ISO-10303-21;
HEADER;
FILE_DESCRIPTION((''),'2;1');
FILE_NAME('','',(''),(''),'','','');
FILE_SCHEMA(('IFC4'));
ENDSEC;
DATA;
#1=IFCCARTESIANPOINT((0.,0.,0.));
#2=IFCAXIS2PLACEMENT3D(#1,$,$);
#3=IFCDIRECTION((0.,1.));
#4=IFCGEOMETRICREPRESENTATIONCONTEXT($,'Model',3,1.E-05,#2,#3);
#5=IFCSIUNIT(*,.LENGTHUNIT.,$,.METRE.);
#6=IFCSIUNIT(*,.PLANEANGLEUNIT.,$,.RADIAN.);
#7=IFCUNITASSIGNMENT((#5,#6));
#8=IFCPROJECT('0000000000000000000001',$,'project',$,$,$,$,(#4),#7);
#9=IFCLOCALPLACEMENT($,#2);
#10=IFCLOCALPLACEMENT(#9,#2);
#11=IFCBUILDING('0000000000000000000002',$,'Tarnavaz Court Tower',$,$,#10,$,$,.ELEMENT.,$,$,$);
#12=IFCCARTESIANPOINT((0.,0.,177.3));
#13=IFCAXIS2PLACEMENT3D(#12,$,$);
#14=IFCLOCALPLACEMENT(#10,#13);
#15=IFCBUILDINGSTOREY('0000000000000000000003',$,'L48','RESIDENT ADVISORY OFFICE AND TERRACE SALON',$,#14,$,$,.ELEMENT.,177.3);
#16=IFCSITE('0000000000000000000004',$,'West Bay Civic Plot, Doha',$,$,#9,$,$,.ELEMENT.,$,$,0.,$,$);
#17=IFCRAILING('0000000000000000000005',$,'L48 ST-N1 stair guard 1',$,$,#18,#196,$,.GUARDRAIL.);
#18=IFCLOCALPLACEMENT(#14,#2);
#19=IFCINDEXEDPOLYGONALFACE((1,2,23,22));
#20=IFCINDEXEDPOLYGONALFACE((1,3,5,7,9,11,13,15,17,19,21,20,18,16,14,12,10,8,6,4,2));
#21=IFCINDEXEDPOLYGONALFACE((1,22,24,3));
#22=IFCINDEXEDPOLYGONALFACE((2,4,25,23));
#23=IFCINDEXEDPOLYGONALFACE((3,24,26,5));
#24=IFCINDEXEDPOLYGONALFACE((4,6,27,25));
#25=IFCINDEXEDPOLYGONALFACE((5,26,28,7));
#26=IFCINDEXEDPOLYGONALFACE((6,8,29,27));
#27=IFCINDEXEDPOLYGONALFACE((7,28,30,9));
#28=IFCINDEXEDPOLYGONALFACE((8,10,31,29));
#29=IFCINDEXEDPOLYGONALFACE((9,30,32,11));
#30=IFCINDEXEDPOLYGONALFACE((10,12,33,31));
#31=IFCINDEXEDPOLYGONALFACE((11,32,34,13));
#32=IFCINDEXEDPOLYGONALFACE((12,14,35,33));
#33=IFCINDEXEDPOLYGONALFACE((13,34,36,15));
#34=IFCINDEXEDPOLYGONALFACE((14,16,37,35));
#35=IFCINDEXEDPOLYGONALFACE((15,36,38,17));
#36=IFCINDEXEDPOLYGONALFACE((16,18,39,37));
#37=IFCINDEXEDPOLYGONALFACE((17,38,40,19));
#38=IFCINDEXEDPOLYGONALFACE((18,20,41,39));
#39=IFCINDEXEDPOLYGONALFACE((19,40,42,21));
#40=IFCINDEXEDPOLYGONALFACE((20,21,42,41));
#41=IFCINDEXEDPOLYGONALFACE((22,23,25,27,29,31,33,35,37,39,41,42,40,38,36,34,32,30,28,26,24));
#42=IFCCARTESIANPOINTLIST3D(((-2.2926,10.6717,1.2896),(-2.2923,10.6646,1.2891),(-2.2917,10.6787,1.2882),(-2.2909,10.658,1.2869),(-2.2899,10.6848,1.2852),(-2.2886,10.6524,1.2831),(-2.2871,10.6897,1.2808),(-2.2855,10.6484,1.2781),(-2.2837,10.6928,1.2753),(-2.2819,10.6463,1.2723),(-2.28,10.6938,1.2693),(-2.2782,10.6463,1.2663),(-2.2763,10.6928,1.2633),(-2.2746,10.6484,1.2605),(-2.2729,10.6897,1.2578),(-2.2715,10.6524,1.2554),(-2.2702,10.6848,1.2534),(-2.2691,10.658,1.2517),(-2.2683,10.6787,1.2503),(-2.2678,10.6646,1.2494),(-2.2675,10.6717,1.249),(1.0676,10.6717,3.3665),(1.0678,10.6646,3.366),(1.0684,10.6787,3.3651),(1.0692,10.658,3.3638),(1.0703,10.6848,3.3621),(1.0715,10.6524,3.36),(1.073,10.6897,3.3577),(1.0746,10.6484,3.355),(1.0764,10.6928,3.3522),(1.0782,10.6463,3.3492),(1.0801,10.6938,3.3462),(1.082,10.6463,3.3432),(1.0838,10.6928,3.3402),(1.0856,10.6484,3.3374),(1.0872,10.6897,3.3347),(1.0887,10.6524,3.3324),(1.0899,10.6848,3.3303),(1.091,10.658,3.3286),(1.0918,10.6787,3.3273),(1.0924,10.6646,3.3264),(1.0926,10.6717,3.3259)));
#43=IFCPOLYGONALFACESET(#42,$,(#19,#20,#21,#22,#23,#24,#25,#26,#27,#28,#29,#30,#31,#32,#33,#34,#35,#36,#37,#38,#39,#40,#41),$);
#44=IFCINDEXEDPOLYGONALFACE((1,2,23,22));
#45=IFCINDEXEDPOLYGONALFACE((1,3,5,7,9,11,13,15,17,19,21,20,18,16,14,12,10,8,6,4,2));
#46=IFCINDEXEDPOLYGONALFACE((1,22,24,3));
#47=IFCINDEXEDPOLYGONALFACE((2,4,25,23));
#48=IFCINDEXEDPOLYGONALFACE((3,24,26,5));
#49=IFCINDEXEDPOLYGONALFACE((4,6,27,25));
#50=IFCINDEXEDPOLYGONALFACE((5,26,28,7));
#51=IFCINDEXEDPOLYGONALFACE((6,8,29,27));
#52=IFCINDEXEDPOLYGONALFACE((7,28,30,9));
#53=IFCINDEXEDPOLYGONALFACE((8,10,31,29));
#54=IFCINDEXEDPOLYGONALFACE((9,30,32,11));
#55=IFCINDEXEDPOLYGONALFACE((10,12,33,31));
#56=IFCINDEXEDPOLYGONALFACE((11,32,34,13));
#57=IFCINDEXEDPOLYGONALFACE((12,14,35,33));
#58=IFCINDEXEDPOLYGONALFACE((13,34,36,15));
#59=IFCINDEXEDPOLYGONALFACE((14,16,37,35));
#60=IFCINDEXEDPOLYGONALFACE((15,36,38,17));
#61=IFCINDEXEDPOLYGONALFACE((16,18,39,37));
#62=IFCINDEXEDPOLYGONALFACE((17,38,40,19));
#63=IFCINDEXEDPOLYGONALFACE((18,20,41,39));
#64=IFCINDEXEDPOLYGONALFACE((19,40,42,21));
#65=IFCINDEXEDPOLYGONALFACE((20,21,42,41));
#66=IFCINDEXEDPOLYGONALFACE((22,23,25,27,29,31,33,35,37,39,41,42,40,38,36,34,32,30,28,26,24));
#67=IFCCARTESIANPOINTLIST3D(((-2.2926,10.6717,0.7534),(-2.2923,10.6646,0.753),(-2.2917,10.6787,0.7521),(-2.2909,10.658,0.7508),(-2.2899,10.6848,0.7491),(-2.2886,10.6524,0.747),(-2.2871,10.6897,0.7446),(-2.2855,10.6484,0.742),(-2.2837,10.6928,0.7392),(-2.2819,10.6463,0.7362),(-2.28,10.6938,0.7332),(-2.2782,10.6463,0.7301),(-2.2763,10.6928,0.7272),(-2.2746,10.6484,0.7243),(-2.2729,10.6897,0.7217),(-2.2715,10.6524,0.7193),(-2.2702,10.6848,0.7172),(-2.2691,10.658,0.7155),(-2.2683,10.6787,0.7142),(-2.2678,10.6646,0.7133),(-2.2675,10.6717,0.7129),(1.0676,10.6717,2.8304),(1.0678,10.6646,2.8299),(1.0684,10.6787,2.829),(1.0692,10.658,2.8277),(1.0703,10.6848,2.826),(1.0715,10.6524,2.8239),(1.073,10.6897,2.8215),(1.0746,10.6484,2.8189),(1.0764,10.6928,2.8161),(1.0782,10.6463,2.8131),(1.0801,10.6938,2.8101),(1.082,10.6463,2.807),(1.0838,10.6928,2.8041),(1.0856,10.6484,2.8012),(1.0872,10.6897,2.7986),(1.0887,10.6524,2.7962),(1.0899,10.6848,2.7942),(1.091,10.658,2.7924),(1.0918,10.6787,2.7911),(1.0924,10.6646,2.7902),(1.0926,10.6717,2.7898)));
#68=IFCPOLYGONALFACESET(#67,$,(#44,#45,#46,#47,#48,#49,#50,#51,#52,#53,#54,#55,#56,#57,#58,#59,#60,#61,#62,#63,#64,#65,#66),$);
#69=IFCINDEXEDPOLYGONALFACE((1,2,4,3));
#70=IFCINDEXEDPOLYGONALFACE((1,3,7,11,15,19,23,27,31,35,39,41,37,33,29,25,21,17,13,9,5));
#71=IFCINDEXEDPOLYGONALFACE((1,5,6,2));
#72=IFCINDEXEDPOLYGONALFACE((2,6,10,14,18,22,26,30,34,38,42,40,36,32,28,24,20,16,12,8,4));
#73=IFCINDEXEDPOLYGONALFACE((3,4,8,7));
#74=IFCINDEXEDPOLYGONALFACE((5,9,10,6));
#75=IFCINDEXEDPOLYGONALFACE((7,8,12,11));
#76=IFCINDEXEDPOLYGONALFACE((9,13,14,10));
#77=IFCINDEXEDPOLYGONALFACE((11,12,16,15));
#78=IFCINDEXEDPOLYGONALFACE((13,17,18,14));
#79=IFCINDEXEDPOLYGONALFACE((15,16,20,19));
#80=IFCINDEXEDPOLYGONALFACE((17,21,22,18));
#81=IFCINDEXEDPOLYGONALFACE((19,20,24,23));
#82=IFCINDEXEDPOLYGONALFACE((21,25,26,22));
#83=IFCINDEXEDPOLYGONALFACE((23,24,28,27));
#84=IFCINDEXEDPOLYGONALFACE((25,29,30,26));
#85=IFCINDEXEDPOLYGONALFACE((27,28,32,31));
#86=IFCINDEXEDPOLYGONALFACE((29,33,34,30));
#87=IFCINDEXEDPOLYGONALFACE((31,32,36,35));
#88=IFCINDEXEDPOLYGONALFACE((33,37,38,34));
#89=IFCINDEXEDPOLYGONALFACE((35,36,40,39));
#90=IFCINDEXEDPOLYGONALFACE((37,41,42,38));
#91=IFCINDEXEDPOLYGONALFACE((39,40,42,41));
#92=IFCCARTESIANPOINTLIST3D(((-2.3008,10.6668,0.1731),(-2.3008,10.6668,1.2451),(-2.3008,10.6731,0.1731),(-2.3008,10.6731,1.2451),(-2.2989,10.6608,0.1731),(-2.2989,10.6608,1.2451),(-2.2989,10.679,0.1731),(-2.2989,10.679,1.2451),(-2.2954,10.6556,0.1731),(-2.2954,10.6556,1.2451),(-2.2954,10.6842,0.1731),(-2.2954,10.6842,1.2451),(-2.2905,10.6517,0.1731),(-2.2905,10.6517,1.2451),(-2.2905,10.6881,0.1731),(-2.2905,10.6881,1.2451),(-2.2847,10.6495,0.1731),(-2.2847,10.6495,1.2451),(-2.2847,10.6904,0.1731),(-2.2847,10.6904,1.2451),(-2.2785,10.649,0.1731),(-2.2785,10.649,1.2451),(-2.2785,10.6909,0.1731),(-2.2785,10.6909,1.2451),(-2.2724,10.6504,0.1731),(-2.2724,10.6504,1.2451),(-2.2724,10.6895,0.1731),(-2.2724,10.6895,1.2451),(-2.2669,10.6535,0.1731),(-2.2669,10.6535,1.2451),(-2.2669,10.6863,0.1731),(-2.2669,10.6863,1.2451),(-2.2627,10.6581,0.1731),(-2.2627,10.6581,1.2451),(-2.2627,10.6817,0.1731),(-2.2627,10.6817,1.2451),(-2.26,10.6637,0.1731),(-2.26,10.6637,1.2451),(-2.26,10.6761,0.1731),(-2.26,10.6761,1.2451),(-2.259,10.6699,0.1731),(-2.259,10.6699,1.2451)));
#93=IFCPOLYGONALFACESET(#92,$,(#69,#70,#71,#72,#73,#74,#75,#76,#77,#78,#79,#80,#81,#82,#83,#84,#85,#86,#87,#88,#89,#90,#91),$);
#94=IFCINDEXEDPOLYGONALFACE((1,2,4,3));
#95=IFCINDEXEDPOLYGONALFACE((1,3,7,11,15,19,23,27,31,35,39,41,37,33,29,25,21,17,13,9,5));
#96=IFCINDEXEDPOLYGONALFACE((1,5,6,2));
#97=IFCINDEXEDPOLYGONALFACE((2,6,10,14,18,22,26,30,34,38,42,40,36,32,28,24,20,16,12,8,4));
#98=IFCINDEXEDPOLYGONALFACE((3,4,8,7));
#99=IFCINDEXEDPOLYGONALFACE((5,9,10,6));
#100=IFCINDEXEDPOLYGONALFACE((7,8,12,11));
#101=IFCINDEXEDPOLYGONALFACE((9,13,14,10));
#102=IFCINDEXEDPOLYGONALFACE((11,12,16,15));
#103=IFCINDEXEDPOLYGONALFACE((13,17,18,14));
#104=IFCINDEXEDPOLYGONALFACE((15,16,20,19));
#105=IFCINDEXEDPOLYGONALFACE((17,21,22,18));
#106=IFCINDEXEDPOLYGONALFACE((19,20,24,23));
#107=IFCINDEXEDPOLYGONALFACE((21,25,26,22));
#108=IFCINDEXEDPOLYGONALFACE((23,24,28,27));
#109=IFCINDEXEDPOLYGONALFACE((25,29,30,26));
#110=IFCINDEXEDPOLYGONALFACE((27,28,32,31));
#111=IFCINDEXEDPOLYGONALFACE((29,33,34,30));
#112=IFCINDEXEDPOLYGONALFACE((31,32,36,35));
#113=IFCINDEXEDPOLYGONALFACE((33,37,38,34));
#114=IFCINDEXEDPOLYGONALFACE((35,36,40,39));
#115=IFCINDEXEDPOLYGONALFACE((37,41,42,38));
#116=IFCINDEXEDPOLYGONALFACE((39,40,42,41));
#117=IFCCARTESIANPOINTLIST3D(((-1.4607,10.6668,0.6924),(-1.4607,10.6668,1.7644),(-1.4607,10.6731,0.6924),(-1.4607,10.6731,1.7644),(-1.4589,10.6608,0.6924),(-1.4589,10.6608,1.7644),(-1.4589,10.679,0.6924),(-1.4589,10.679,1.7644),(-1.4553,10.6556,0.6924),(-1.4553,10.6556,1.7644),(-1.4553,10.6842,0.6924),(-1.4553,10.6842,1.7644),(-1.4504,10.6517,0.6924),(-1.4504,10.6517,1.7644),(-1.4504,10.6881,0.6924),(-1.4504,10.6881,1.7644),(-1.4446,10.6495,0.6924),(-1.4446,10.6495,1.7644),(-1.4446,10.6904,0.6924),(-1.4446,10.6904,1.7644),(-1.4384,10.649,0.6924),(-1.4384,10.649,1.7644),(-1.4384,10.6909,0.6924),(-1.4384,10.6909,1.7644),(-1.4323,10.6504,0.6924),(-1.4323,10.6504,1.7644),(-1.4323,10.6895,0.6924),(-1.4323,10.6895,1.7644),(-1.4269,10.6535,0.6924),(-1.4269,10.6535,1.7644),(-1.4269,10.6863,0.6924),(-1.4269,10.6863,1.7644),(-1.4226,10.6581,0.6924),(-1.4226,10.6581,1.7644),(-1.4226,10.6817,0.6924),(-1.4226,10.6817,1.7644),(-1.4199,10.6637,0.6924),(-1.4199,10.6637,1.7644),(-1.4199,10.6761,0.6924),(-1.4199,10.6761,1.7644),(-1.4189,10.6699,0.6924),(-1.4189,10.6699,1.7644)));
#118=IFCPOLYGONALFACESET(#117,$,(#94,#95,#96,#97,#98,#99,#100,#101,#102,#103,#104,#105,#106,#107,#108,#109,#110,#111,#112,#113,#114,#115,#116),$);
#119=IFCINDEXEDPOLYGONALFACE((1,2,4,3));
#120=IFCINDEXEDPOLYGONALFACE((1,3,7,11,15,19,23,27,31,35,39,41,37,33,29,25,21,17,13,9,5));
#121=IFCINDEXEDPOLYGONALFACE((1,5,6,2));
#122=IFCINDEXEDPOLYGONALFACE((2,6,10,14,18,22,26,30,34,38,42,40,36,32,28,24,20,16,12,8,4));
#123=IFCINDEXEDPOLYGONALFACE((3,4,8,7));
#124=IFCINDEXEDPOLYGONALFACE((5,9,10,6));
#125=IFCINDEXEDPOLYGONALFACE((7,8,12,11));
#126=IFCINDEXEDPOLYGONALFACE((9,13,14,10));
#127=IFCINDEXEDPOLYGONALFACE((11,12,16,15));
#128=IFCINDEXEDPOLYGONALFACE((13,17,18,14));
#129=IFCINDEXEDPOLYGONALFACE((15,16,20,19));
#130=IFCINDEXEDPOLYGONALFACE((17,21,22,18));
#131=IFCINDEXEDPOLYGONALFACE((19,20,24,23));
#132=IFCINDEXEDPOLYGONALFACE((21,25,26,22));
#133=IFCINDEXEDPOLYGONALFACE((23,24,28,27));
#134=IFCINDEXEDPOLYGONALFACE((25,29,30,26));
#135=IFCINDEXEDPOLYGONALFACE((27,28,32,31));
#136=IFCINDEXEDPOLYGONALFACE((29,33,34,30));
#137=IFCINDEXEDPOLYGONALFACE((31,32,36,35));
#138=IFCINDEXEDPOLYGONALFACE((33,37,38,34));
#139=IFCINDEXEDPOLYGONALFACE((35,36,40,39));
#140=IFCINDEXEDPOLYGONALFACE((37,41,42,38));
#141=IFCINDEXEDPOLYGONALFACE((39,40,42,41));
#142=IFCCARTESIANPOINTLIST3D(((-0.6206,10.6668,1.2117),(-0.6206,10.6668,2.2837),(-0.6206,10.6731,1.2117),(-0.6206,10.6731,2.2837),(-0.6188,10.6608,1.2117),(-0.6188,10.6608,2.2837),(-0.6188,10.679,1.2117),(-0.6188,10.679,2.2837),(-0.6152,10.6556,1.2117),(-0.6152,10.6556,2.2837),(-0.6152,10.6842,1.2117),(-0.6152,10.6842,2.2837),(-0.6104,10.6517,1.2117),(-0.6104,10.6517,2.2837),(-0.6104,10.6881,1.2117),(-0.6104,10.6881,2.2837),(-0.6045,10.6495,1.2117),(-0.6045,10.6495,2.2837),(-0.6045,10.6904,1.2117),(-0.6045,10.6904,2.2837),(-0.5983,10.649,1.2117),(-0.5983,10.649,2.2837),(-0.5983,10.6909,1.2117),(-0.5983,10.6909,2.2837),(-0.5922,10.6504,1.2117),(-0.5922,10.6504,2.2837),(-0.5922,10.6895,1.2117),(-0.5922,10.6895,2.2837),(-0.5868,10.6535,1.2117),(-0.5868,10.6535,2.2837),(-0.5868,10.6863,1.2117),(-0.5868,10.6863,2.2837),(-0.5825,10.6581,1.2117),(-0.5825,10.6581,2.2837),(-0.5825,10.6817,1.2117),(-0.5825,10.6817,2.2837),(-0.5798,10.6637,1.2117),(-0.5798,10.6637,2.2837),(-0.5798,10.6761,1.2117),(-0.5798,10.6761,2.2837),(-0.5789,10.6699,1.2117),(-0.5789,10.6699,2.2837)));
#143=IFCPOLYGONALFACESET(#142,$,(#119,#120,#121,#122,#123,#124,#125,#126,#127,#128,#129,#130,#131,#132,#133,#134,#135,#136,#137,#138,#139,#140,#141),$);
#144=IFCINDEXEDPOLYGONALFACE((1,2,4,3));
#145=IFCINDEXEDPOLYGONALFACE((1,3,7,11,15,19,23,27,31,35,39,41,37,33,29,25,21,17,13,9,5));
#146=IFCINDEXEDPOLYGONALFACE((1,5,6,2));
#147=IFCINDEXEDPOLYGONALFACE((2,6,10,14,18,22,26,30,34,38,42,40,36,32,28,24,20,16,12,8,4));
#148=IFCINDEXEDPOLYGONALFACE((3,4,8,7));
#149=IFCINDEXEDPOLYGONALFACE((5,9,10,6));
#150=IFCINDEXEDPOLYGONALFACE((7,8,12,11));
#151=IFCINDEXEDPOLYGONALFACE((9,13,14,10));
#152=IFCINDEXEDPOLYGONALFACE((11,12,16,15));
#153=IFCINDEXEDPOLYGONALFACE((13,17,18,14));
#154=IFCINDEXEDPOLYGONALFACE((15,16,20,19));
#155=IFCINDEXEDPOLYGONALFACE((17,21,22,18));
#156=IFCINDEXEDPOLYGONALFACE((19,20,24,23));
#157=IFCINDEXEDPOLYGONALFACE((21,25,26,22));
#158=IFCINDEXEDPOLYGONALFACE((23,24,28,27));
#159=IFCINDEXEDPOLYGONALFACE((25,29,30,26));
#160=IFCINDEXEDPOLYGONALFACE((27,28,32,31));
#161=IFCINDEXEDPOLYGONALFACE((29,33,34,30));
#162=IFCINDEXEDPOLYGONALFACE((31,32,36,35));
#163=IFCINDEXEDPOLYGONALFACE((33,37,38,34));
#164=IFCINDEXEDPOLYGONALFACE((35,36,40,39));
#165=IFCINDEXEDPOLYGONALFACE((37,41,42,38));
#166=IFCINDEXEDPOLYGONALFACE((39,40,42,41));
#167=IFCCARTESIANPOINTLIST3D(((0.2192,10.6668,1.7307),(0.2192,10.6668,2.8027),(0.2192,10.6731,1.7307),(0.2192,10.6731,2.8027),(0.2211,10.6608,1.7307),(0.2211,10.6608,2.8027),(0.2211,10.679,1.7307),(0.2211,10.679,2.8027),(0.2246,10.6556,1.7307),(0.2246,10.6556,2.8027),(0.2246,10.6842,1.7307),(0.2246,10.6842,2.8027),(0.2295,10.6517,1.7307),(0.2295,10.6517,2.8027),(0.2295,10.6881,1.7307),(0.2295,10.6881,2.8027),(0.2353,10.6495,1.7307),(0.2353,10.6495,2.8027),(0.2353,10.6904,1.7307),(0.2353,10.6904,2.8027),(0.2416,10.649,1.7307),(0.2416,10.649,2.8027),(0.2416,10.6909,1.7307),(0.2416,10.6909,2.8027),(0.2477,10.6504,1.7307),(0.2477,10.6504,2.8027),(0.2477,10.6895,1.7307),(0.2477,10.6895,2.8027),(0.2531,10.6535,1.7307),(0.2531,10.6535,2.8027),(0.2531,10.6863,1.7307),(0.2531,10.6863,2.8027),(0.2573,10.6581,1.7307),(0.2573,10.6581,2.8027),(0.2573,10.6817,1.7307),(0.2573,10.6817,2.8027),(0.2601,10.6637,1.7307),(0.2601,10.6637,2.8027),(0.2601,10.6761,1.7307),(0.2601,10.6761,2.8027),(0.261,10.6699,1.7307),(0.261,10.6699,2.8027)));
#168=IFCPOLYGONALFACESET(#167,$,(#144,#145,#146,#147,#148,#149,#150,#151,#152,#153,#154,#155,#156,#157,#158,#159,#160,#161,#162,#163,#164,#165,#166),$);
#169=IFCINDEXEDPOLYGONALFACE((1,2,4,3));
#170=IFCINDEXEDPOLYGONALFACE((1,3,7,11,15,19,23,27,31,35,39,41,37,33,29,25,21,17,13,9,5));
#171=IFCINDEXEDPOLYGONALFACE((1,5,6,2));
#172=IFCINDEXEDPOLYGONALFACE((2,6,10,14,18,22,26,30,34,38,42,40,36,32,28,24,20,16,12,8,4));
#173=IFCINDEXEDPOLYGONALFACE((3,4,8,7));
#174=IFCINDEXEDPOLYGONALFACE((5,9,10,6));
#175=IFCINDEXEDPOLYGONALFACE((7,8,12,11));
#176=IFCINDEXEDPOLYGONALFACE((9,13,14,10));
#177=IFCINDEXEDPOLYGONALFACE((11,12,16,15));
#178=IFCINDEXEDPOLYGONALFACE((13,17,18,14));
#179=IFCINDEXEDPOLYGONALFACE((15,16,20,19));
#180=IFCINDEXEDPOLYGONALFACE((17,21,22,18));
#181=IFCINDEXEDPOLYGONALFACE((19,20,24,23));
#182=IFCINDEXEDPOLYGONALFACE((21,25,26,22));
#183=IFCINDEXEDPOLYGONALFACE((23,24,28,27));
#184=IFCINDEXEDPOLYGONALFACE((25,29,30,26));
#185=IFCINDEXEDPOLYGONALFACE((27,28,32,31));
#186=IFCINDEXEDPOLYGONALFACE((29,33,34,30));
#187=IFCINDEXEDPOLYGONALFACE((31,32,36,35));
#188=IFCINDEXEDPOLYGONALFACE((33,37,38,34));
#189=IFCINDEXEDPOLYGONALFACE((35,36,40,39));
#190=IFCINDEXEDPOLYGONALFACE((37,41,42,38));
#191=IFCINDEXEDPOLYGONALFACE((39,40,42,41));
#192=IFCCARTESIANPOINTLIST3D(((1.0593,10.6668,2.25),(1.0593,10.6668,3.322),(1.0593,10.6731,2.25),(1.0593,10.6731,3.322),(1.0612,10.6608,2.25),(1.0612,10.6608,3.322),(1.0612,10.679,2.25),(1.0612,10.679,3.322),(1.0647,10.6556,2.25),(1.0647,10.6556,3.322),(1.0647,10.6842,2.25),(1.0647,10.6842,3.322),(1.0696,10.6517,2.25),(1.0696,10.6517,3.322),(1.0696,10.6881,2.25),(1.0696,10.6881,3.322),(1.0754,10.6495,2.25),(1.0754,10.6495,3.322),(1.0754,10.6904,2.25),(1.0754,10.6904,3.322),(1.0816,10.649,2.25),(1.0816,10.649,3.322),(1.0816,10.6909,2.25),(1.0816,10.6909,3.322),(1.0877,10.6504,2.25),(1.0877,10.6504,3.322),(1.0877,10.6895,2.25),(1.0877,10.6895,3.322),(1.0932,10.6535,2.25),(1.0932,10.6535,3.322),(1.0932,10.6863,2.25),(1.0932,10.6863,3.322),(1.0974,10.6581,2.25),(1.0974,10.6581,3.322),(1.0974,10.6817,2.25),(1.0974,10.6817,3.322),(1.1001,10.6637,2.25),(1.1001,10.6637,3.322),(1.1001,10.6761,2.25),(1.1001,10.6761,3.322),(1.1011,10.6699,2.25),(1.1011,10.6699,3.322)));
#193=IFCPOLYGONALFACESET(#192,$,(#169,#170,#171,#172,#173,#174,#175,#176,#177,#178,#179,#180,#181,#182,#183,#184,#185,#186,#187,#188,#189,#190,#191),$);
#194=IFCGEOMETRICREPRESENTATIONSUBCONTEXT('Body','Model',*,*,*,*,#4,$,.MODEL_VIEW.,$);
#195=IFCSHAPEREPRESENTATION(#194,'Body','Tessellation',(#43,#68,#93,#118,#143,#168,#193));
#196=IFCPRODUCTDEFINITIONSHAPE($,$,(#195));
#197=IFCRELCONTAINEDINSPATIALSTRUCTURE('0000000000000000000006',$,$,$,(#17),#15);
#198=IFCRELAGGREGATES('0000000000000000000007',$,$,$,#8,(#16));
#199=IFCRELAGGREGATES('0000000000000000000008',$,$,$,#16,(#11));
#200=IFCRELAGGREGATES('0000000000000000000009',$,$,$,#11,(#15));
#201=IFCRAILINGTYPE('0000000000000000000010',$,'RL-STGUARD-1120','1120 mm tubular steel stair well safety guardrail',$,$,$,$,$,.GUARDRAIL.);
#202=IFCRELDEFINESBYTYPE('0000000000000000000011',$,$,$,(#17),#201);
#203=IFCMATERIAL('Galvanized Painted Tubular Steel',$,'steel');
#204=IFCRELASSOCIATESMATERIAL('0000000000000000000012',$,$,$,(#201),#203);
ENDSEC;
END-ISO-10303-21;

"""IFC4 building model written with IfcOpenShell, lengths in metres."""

from ifc_helpers import new_model, si_unit, direction, frame, origin, origin_2d, place, context, subcontext, project, spatial, circle, extrude, material, type_object, element, save


model = new_model("IFC4")

# Units and contexts
model_context = context("Model", 3, precision=1e-05, world=origin(), true_north=direction((0.0, 1.0)))
body_context = subcontext(model_context, "Body", "Model", "MODEL_VIEW")
ifc_project = project(units=[si_unit("LENGTHUNIT", "METRE"), si_unit("PLANEANGLEUNIT", "RADIAN")], contexts=[model_context])

# Site, building, storey
site_placement = place(None, origin())
site = spatial("IfcSite", under=ifc_project, at=site_placement, Name="West Bay Civic Plot, Doha", CompositionType="ELEMENT", RefElevation=0.0)
building_placement = place(site_placement, origin())
building = spatial("IfcBuilding", under=site, at=building_placement, Name="Tarnavaz Court Tower", CompositionType="ELEMENT")
storey_placement = place(building_placement, frame((0.0, 0.0, 177.3)))
storey = spatial("IfcBuildingStorey", under=building, at=storey_placement, Name="L48", Description="RESIDENT ADVISORY OFFICE AND TERRACE SALON", CompositionType="ELEMENT", Elevation=177.3)

# Railing
ifc_material_1 = material(Name="Galvanized Painted Tubular Steel", Category="steel")
railing_type_1 = type_object("IfcRailingType", Name="RL-STGUARD-1120", Description="1120 mm tubular steel stair well safety guardrail", PredefinedType="GUARDRAIL", material=ifc_material_1)
railing_1_placement = place(storey_placement, frame((-2.28, 10.6699, 0.1731)))
element("IfcRailing", 1, at=railing_1_placement, inside=storey, type_object=railing_type_1, Name="L48 ST-N1 stair guard 1", PredefinedType="GUARDRAIL", context=body_context, shape_type="SweptSolid", body=[
    extrude(circle(Radius=0.0239, at=origin_2d()), frame((0.0, 0.0, 1.0962), z_axis=(0.850623, 0.0, 0.525776), x_axis=(0.0, 1.0, 0.0)), (0.0, 0.0, 1.0), 3.9502),
    extrude(circle(Radius=0.0239, at=origin_2d()), frame((0.0, 0.0, 0.5601), z_axis=(0.850623, 0.0, 0.525776), x_axis=(0.0, 1.0, 0.0)), (0.0, 0.0, 1.0), 3.9502),
    extrude(circle(Radius=0.021, at=origin_2d()), origin(), (0.0, 0.0, 1.0), 1.072),
    extrude(circle(Radius=0.021, at=origin_2d()), frame((0.8401, 0.0, 0.5193)), (0.0, 0.0, 1.0), 1.072),
    extrude(circle(Radius=0.021, at=origin_2d()), frame((1.6802, 0.0, 1.0386)), (0.0, 0.0, 1.0), 1.072),
    extrude(circle(Radius=0.021, at=origin_2d()), frame((2.52, 0.0, 1.5576)), (0.0, 0.0, 1.0), 1.072),
    extrude(circle(Radius=0.021, at=origin_2d()), frame((3.3601, 0.0, 2.0769)), (0.0, 0.0, 1.0), 1.072),
])

save(model, "model.ifc")
